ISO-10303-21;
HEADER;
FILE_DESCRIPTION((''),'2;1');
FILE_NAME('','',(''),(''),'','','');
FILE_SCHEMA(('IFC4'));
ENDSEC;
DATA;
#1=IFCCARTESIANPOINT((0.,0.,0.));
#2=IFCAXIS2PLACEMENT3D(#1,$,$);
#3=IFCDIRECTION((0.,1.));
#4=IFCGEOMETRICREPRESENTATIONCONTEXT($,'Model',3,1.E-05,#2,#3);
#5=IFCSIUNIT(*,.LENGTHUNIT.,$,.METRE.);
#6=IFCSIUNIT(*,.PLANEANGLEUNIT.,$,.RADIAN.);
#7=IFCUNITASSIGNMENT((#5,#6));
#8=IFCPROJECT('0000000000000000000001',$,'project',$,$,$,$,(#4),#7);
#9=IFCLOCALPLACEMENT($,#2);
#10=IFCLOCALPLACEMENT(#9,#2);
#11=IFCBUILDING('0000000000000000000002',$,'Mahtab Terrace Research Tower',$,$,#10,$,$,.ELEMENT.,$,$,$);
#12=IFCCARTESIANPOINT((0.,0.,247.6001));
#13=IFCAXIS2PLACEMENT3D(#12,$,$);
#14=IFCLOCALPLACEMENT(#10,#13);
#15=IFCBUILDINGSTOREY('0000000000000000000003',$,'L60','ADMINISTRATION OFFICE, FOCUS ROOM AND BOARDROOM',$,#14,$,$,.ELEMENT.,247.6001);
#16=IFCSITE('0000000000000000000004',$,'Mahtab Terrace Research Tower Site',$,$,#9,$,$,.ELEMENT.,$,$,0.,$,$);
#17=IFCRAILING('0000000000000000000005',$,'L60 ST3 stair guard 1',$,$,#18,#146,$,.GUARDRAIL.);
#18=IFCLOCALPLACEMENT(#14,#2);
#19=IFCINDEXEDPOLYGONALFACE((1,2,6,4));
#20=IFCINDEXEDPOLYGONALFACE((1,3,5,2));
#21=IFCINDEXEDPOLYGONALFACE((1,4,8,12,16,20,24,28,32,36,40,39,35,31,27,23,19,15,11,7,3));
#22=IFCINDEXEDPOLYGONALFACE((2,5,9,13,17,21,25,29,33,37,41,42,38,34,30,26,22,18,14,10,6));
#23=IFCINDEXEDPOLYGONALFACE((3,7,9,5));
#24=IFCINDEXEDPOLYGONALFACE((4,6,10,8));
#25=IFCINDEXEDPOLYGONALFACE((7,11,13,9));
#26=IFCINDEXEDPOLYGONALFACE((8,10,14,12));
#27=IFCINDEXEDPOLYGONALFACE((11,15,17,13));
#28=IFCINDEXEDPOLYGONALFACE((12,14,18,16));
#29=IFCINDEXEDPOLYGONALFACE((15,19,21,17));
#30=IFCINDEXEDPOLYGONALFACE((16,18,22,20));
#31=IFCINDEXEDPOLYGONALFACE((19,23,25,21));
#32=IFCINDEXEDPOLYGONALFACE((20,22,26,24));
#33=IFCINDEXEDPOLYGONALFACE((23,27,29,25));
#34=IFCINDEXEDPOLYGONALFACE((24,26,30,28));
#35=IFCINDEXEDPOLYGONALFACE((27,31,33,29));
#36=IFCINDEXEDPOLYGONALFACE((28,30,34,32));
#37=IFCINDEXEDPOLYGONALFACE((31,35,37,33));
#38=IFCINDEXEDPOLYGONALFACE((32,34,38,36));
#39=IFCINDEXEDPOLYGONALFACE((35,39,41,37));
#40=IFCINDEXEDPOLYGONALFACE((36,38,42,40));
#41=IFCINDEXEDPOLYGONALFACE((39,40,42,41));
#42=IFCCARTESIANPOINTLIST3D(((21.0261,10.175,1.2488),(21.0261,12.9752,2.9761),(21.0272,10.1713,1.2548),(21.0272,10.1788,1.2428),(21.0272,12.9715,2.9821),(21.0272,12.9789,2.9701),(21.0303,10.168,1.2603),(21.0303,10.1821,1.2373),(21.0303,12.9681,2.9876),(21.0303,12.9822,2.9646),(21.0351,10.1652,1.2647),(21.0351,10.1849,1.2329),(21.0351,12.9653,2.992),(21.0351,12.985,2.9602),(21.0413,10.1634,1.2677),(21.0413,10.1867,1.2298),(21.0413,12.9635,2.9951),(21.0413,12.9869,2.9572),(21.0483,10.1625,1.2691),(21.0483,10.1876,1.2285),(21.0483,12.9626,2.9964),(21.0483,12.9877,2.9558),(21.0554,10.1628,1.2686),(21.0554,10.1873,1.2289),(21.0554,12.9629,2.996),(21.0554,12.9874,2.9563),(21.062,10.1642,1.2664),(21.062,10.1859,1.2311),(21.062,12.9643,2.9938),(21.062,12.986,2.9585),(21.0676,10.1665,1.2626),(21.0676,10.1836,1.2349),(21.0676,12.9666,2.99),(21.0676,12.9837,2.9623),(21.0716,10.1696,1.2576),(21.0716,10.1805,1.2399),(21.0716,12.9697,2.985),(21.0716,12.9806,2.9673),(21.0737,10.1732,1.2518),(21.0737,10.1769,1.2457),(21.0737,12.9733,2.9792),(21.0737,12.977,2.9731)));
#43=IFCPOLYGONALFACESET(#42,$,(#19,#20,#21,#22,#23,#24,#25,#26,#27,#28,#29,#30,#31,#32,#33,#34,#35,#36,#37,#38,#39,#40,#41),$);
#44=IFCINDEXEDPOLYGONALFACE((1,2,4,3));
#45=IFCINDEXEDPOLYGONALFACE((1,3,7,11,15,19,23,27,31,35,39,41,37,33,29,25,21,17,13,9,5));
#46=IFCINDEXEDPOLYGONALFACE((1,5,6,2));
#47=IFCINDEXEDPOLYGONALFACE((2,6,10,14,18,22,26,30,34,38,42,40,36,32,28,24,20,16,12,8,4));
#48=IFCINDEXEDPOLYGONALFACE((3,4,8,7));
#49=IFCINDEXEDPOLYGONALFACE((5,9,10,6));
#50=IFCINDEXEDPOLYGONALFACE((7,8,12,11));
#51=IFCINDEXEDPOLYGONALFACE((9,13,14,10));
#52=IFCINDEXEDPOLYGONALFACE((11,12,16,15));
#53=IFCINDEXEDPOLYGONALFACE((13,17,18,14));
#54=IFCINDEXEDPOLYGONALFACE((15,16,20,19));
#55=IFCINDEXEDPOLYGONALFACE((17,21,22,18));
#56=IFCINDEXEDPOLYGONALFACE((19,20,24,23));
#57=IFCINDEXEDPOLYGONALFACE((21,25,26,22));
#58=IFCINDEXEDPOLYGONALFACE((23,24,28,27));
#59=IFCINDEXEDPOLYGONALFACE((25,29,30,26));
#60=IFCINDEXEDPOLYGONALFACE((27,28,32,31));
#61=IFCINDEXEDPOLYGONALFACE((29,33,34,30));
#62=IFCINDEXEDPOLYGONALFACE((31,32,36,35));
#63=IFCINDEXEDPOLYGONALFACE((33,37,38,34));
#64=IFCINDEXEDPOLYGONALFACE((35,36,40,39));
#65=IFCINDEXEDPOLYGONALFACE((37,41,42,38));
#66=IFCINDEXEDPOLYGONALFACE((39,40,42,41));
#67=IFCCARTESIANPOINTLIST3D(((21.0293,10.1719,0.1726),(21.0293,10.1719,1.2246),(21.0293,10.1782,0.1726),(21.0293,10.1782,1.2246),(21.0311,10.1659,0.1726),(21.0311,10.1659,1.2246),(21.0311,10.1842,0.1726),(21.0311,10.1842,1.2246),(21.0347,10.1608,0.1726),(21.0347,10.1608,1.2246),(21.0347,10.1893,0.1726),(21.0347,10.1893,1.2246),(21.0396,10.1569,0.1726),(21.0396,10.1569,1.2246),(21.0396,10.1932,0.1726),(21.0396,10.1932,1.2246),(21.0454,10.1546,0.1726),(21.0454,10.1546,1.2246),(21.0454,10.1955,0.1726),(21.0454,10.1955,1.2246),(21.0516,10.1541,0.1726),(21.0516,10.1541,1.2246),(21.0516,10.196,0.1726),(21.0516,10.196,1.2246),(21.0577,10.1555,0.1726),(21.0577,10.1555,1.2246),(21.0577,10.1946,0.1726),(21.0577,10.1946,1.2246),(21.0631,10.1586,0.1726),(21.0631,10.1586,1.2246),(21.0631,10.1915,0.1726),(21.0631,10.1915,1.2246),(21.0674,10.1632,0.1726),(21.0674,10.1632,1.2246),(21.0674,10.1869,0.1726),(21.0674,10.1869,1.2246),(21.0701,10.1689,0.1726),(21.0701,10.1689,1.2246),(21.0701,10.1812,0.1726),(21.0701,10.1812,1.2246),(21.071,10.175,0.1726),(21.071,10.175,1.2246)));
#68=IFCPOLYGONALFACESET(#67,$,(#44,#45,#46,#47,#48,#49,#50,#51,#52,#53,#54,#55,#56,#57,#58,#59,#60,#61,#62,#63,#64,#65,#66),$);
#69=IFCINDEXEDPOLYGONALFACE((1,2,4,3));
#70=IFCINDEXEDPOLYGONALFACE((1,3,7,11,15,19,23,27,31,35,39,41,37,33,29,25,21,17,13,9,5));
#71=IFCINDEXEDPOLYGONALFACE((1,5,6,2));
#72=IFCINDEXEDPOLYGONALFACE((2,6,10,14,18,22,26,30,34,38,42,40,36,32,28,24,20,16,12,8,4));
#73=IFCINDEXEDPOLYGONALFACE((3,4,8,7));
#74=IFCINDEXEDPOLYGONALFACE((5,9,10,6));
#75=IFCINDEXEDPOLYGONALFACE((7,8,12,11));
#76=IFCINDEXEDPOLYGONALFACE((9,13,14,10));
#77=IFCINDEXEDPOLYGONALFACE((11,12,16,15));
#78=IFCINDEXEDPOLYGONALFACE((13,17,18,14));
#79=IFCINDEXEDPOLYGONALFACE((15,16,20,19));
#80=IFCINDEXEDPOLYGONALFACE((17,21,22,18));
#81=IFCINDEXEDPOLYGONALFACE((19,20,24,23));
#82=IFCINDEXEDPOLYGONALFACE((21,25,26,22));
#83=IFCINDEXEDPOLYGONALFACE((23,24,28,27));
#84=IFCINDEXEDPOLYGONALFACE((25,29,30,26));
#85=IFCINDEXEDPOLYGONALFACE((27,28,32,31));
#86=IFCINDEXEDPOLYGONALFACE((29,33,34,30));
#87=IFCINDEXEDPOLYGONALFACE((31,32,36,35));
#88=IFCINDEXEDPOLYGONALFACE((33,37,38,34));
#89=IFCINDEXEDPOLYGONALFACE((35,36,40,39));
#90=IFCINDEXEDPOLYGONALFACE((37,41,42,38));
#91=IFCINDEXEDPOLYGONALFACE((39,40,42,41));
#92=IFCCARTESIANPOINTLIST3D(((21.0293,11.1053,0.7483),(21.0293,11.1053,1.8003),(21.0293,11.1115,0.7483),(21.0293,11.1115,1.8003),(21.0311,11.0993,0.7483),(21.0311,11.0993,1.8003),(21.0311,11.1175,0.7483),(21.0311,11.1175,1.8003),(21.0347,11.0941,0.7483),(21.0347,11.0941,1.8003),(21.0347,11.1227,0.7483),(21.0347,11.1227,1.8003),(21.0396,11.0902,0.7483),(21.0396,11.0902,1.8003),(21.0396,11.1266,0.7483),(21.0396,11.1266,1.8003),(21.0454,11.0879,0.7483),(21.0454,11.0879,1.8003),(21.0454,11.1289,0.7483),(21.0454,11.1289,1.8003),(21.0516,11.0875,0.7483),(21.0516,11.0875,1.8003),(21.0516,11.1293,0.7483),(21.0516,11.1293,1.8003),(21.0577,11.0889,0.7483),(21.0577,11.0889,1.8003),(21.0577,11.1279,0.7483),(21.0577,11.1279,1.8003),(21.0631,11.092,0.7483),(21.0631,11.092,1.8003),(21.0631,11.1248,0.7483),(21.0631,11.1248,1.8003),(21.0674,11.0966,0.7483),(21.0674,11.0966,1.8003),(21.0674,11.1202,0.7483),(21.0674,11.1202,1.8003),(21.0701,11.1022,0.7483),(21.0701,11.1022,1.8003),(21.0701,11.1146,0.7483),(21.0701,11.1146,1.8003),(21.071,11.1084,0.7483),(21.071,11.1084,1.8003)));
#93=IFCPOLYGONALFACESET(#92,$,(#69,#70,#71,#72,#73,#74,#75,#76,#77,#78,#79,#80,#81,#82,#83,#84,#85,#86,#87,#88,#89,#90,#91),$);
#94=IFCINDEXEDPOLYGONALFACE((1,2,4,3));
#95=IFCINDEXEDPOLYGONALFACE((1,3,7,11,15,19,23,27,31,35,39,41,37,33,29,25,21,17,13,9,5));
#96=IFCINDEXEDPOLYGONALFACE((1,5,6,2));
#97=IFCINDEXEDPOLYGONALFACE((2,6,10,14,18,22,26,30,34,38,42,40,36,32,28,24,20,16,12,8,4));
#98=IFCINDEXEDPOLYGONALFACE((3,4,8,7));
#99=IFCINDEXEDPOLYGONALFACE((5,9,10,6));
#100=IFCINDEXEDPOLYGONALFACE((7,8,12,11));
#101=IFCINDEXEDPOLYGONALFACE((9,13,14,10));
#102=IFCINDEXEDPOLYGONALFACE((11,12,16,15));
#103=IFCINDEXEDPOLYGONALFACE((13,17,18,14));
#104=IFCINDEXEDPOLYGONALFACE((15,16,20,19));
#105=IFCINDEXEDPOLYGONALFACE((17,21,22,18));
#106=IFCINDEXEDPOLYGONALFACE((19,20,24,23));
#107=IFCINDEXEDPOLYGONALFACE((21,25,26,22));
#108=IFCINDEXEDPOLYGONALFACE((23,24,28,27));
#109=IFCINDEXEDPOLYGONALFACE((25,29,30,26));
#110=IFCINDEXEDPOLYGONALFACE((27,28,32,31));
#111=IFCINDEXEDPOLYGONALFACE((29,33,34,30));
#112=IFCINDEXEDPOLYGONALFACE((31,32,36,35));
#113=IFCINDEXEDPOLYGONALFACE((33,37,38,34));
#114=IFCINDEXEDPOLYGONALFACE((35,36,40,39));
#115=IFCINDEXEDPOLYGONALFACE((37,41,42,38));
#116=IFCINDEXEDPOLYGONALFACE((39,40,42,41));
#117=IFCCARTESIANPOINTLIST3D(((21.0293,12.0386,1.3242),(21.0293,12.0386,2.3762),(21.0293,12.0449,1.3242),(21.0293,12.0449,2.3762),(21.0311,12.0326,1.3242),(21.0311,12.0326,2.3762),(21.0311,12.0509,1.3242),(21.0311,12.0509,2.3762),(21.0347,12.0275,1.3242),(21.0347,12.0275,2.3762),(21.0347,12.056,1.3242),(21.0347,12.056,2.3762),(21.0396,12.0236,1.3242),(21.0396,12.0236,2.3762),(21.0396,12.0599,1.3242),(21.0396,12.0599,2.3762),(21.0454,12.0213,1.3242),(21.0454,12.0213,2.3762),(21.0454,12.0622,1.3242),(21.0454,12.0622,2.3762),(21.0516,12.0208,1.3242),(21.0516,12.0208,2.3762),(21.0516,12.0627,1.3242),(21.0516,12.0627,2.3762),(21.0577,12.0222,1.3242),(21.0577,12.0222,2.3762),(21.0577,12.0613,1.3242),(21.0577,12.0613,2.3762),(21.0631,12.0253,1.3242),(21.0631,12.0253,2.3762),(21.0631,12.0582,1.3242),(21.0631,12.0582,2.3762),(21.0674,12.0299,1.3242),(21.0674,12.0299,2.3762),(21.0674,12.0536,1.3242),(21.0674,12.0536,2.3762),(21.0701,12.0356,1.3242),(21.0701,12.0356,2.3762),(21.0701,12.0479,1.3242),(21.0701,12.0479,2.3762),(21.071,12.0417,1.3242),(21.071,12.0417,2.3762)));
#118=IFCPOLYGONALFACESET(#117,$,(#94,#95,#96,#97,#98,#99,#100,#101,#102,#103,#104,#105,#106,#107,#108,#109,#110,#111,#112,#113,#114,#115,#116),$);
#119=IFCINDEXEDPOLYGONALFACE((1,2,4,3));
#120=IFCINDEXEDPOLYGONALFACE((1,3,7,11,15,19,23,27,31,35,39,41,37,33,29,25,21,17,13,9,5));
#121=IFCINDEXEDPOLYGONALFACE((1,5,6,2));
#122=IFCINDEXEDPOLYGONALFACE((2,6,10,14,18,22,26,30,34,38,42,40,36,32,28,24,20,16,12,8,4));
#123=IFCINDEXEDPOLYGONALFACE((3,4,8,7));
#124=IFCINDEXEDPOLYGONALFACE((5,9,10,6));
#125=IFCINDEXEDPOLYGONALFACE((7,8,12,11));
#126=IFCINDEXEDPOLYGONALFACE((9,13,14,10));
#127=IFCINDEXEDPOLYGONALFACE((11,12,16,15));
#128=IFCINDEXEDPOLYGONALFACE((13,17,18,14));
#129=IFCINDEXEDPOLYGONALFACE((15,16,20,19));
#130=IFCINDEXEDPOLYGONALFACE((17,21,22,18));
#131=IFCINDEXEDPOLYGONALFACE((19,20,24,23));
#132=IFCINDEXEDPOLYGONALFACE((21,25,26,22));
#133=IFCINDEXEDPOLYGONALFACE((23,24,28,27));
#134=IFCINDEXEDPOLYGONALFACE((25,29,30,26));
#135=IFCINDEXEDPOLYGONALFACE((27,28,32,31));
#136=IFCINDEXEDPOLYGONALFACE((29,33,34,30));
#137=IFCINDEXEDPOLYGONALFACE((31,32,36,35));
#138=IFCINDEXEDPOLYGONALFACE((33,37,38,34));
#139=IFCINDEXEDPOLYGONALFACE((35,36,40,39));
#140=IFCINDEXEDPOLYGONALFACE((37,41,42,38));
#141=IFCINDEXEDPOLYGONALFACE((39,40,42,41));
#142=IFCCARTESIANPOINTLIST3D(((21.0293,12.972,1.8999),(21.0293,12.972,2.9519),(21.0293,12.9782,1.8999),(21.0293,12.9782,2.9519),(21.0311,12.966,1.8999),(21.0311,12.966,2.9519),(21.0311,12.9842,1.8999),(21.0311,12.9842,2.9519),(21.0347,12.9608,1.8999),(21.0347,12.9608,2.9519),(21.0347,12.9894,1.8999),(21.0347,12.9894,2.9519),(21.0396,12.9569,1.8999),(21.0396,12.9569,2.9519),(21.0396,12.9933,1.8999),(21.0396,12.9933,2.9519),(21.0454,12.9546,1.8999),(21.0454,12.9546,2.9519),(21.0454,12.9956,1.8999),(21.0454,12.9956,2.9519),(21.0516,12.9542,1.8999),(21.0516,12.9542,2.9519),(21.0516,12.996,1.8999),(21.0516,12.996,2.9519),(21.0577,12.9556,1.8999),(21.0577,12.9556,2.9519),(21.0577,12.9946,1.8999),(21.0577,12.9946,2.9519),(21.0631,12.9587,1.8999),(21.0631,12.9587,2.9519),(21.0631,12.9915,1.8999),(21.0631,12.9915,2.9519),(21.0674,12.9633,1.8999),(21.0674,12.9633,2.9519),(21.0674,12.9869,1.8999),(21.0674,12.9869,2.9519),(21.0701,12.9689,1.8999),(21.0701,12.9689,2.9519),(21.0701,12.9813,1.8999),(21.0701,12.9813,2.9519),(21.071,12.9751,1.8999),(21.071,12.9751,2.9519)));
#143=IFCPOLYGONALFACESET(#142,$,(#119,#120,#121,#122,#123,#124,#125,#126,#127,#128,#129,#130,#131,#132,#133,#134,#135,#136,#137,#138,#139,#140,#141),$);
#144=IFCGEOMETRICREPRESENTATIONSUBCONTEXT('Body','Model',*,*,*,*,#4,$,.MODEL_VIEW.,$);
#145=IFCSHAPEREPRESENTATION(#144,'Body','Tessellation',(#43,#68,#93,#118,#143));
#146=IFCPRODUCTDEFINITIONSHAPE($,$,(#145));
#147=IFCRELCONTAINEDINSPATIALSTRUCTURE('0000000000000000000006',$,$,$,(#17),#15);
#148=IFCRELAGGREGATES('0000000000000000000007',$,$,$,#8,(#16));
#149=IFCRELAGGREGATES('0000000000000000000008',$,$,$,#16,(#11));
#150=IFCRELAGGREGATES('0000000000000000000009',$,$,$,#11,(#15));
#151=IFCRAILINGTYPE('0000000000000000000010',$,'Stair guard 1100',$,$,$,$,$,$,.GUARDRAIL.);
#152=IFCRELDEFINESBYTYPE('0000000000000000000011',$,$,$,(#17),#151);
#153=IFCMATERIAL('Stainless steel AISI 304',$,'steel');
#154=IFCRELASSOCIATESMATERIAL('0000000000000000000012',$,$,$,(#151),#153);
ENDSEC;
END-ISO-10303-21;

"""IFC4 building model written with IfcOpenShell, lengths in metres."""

from ifc_helpers import new_model, si_unit, direction, frame, origin, origin_2d, place, context, subcontext, project, spatial, circle, extrude, material, type_object, element, save


model = new_model("IFC4")

# Units and contexts
model_context = context("Model", 3, precision=1e-05, world=origin(), true_north=direction((0.0, 1.0)))
body_context = subcontext(model_context, "Body", "Model", "MODEL_VIEW")
ifc_project = project(units=[si_unit("LENGTHUNIT", "METRE"), si_unit("PLANEANGLEUNIT", "RADIAN")], contexts=[model_context])

# Site, building, storey
site_placement = place(None, origin())
site = spatial("IfcSite", under=ifc_project, at=site_placement, Name="Mahtab Terrace Research Tower Site", CompositionType="ELEMENT", RefElevation=0.0)
building_placement = place(site_placement, origin())
building = spatial("IfcBuilding", under=site, at=building_placement, Name="Mahtab Terrace Research Tower", CompositionType="ELEMENT")
storey_placement = place(building_placement, frame((0.0, 0.0, 247.6001)))
storey = spatial("IfcBuildingStorey", under=building, at=storey_placement, Name="L60", Description="ADMINISTRATION OFFICE, FOCUS ROOM AND BOARDROOM", CompositionType="ELEMENT", Elevation=247.6001)

# Railing
ifc_material_1 = material(Name="Stainless steel AISI 304", Category="steel")
railing_type_1 = type_object("IfcRailingType", Name="Stair guard 1100", PredefinedType="GUARDRAIL", material=ifc_material_1)
railing_1_placement = place(storey_placement, frame((21.05, 10.175, 0.1726)))
element("IfcRailing", 1, at=railing_1_placement, inside=storey, type_object=railing_type_1, Name="L60 ST3 stair guard 1", PredefinedType="GUARDRAIL", context=body_context, shape_type="SweptSolid", body=[
    extrude(circle(Radius=0.0239, at=origin_2d()), frame((0.0, 0.0, 1.0762), z_axis=(0.0, 0.85109, 0.52502), x_axis=(-1.0, 0.0, 0.0)), (0.0, 0.0, 1.0), 3.29),
    extrude(circle(Radius=0.021, at=origin_2d()), origin(), (0.0, 0.0, 1.0), 1.052),
    extrude(circle(Radius=0.021, at=origin_2d()), frame((0.0, 0.9333, 0.5757)), (0.0, 0.0, 1.0), 1.052),
    extrude(circle(Radius=0.021, at=origin_2d()), frame((0.0, 1.8667, 1.1516)), (0.0, 0.0, 1.0), 1.052),
    extrude(circle(Radius=0.021, at=origin_2d()), frame((0.0, 2.8, 1.7273)), (0.0, 0.0, 1.0), 1.052),
])

save(model, "model.ifc")
